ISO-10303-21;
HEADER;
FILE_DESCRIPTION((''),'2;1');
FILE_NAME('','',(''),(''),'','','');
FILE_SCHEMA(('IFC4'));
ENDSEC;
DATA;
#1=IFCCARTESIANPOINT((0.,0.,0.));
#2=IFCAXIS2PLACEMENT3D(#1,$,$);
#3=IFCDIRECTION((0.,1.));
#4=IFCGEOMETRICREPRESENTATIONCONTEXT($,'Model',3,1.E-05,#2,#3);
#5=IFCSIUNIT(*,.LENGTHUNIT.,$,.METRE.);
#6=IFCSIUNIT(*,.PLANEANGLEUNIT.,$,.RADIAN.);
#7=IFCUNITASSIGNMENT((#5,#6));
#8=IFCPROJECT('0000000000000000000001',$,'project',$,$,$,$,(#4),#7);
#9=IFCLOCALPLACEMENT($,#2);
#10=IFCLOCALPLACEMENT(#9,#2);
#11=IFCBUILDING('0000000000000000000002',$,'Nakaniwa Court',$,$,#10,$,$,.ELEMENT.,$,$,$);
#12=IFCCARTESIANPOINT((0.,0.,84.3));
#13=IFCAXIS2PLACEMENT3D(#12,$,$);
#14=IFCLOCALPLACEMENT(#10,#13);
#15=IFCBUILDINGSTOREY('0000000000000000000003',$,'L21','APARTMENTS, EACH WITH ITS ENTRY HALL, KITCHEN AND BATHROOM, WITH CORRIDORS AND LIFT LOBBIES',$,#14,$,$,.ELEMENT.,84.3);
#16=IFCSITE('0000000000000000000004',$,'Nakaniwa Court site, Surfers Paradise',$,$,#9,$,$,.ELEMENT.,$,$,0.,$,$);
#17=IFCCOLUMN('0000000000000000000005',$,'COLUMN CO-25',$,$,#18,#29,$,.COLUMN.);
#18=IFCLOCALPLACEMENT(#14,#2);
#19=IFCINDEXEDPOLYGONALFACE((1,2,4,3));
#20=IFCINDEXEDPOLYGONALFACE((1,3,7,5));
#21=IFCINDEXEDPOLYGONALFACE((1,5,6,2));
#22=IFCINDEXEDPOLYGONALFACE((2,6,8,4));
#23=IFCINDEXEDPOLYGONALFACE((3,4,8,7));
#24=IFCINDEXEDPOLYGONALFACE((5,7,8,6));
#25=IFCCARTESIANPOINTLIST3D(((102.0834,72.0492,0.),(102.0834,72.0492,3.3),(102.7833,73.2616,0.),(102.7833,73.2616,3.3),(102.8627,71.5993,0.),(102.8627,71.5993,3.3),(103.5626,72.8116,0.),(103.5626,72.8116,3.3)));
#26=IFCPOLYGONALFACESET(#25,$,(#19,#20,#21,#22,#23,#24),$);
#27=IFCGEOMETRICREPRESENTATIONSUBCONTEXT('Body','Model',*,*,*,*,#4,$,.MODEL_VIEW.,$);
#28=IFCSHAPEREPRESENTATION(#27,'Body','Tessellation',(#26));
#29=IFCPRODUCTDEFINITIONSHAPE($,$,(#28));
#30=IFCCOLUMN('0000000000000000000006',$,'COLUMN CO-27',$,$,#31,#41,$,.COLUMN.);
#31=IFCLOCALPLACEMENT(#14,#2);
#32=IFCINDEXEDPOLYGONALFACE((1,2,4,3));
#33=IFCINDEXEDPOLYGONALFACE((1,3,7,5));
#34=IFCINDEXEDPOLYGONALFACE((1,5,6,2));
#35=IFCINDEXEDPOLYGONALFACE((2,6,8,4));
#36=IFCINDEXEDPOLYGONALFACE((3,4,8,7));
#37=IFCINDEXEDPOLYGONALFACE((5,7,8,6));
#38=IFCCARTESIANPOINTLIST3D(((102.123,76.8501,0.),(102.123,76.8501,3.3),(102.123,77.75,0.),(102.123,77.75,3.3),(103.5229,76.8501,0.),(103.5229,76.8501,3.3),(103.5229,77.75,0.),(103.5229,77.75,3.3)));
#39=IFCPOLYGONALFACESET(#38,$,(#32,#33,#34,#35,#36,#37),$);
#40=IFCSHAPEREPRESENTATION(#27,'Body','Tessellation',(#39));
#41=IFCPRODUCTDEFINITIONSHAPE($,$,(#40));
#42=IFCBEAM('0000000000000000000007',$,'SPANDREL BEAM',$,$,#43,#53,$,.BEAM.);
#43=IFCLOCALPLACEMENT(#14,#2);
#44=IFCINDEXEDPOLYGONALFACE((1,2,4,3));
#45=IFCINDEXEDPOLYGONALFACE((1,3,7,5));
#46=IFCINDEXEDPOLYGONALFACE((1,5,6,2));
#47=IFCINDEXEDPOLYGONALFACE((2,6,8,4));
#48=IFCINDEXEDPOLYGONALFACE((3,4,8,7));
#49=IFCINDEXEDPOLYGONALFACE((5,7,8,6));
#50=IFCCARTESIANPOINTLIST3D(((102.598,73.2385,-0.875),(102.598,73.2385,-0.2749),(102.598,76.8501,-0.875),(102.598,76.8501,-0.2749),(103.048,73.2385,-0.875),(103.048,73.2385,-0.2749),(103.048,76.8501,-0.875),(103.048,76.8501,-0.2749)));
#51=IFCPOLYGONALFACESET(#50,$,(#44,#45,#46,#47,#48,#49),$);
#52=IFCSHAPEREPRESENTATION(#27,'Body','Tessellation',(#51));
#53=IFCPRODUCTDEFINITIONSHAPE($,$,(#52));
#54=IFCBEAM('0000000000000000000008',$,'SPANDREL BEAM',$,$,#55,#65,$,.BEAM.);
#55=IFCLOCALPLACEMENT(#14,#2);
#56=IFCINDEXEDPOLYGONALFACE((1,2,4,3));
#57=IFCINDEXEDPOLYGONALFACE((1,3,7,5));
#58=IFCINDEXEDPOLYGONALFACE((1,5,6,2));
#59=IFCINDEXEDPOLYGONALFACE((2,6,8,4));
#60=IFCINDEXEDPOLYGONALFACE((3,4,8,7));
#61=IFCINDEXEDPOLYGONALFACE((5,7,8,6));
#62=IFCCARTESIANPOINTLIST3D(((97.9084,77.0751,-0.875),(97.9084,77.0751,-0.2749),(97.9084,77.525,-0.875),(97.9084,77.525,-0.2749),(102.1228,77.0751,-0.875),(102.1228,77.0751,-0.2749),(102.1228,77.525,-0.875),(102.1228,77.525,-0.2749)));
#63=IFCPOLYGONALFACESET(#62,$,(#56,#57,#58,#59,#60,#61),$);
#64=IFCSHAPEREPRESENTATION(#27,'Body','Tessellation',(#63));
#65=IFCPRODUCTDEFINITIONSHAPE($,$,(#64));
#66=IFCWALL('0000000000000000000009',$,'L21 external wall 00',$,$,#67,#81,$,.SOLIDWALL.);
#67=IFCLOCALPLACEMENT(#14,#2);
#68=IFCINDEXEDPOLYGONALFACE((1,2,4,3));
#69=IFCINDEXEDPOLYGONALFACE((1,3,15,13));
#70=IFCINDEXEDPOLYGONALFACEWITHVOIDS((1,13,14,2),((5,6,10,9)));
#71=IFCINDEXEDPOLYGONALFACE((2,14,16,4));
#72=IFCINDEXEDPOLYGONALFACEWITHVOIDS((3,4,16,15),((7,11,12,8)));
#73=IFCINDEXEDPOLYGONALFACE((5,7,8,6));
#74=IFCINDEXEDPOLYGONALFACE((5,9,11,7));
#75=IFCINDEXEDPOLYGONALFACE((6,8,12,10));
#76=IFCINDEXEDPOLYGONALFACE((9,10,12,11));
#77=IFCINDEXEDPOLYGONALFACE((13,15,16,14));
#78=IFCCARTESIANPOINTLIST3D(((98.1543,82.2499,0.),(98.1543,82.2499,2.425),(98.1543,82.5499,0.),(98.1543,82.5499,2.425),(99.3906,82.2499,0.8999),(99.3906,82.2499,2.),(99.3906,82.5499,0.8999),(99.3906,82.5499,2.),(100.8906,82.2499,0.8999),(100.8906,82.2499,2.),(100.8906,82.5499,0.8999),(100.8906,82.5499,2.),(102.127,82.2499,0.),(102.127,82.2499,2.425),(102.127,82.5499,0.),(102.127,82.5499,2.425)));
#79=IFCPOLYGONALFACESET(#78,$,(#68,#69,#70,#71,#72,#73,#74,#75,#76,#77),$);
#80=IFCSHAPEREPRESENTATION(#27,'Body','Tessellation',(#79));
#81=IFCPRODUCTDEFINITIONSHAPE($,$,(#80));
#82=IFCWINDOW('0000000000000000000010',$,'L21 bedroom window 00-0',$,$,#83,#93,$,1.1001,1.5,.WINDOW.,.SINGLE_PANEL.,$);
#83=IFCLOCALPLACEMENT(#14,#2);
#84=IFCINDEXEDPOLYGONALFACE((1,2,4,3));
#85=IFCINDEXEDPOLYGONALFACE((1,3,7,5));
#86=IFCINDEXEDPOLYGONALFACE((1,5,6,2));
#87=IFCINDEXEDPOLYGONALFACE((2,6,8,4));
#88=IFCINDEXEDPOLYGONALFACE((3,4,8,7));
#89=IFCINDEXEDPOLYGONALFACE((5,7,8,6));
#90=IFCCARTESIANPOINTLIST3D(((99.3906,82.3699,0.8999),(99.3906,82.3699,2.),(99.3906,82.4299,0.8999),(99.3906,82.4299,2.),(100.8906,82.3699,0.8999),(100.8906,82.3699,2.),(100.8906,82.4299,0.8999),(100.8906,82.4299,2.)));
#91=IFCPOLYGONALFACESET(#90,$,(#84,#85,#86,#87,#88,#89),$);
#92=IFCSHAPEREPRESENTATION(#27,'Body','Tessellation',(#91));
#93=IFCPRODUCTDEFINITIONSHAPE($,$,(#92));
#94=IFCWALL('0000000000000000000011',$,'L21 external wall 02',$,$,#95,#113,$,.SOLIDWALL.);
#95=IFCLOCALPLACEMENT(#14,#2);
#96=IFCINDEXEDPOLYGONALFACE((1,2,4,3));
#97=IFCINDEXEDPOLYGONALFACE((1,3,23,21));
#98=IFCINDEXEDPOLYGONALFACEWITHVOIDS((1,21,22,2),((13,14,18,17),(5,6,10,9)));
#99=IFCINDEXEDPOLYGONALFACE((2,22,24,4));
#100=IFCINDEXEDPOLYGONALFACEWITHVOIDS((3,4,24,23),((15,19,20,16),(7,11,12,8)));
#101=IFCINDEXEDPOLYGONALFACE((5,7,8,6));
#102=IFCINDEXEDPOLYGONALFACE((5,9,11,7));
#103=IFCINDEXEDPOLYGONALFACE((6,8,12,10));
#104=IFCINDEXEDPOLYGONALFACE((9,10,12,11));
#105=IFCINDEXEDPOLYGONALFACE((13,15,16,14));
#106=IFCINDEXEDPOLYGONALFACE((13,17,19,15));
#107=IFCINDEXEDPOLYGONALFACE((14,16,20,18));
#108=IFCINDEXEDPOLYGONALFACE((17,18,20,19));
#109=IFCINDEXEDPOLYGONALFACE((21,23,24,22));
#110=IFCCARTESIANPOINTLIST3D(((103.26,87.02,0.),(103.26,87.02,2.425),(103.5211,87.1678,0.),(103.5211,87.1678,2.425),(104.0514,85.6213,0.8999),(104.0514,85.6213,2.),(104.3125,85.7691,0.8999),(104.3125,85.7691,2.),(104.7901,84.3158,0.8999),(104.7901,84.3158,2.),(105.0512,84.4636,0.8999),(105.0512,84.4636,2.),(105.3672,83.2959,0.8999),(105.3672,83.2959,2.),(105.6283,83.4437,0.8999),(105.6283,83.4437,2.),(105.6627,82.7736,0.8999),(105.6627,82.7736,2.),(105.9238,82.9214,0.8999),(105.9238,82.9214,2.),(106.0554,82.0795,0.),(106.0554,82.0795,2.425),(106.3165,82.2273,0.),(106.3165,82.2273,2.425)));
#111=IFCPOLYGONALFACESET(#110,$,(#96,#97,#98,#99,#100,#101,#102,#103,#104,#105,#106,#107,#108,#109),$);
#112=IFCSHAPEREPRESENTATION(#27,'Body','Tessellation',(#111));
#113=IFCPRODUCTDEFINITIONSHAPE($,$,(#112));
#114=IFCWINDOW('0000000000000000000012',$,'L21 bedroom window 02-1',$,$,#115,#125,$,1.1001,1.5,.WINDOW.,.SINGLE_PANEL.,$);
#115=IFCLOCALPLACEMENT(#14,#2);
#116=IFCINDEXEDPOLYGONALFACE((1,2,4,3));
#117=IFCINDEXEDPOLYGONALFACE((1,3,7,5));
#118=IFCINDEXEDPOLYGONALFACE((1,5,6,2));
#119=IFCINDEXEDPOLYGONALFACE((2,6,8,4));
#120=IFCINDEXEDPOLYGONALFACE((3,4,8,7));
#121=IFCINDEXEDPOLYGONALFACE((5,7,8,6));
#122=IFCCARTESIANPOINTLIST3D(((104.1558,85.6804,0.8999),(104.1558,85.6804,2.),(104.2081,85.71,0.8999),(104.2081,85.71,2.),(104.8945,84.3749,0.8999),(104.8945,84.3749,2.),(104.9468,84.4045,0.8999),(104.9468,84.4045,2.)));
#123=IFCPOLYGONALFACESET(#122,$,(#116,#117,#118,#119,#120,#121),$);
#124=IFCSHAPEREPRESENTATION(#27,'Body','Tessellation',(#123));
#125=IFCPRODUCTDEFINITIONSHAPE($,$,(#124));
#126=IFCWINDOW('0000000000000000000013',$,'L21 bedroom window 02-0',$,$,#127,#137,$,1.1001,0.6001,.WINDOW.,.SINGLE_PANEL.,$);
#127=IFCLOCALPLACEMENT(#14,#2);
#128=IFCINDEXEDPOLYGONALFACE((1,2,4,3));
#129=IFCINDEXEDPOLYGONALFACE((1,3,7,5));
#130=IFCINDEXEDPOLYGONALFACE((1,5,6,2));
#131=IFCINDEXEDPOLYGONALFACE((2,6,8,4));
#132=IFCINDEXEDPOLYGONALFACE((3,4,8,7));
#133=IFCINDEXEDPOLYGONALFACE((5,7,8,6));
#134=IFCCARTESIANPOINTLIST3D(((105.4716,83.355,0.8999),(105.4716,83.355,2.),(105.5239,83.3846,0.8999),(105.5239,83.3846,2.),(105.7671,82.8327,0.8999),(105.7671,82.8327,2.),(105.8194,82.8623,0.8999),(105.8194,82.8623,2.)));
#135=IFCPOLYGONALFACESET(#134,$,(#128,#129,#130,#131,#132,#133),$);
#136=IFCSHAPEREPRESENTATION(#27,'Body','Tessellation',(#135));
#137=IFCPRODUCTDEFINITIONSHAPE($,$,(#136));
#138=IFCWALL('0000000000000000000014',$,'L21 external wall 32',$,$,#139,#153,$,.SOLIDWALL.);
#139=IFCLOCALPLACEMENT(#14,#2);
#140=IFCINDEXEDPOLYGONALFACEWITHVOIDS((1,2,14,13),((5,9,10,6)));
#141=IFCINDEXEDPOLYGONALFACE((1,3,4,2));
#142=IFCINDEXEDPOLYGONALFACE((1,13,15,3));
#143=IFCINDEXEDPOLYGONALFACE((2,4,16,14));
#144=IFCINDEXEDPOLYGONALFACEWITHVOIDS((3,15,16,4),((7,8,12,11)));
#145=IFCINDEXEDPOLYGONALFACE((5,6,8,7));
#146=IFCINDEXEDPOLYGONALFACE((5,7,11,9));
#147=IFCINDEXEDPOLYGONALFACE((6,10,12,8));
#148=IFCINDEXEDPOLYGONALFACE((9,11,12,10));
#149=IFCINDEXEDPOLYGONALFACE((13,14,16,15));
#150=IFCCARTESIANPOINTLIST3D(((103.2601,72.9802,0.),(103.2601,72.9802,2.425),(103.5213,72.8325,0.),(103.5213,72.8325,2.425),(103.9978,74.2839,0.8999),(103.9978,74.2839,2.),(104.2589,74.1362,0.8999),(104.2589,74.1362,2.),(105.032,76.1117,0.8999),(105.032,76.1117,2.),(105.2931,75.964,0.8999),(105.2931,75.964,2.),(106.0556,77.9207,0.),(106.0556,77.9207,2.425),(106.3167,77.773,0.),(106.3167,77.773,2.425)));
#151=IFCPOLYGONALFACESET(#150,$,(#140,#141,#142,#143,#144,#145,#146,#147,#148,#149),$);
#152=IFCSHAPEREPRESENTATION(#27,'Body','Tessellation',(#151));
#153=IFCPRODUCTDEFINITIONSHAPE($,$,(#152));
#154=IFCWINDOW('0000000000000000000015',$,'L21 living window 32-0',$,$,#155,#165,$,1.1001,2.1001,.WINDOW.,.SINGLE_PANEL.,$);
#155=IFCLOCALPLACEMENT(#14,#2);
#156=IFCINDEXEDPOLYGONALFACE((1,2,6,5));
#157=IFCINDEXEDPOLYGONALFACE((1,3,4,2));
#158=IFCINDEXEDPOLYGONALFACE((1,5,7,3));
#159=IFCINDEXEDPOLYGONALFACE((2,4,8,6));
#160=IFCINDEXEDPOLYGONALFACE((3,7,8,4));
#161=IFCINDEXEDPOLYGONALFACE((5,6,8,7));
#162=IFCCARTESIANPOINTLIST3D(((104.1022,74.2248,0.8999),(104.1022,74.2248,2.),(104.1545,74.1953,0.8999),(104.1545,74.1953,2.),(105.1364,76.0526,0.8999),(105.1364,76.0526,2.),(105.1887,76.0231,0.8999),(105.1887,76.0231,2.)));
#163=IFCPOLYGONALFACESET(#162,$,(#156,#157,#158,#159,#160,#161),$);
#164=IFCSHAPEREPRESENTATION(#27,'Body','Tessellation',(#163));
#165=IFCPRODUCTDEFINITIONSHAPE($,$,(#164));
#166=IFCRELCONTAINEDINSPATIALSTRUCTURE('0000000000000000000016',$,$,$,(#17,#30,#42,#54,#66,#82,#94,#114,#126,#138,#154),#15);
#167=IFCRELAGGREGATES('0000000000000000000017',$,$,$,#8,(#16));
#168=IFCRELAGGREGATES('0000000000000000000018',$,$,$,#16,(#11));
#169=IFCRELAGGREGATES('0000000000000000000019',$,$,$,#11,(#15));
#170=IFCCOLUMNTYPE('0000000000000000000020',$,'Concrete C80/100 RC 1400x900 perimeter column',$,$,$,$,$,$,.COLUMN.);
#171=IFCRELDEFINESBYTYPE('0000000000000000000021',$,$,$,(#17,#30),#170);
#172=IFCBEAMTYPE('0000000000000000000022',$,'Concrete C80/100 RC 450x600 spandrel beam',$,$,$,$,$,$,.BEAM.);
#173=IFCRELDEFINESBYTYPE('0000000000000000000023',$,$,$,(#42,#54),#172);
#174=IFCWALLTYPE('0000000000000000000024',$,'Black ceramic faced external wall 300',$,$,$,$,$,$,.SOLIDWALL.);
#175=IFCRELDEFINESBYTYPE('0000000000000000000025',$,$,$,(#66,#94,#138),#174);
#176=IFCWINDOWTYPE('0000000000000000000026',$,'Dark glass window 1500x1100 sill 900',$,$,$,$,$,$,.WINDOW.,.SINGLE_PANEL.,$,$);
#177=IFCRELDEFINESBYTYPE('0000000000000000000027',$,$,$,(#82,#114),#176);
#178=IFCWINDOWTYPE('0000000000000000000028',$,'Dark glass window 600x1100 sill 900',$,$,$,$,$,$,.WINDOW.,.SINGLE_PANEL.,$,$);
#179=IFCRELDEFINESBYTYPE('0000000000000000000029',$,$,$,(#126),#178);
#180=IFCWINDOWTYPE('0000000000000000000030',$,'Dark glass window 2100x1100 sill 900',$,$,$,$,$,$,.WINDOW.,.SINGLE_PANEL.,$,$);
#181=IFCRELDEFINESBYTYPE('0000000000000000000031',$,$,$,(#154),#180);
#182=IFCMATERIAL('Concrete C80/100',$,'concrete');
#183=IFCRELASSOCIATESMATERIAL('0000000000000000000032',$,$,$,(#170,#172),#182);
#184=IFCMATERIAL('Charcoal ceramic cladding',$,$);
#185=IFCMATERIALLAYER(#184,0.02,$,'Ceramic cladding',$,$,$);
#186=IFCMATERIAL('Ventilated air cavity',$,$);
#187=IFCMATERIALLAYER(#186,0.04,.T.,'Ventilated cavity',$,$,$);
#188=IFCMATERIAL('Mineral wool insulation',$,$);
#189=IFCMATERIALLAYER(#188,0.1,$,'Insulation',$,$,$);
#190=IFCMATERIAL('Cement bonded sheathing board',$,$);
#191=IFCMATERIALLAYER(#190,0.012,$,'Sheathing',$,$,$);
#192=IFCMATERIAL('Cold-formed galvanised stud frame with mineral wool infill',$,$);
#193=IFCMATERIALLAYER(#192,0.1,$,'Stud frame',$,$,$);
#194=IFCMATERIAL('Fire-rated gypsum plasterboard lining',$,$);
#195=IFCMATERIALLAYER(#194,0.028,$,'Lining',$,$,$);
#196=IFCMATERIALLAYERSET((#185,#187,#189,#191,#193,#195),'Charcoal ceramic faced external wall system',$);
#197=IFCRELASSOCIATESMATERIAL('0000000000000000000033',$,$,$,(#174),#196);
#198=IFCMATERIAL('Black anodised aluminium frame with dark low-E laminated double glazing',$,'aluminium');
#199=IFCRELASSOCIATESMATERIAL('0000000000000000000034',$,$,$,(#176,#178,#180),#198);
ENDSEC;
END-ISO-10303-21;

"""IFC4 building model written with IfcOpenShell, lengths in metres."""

from ifc_helpers import new_model, si_unit, direction, frame, frame_2d, origin, origin_2d, place, context, subcontext, project, spatial, rectangle, extrude, material, layer, layer_set, material_profile, profile_set, type_object, element, fill, save


model = new_model("IFC4")

# Units and contexts
model_context = context("Model", 3, precision=1e-05, world=origin(), true_north=direction((0.0, 1.0)))
body_context = subcontext(model_context, "Body", "Model", "MODEL_VIEW")
ifc_project = project(units=[si_unit("LENGTHUNIT", "METRE"), si_unit("PLANEANGLEUNIT", "RADIAN")], contexts=[model_context])

# Site, building, storey
site_placement = place(None, origin())
site = spatial("IfcSite", under=ifc_project, at=site_placement, Name="Nakaniwa Court site, Surfers Paradise", CompositionType="ELEMENT", RefElevation=0.0)
building_placement = place(site_placement, origin())
building = spatial("IfcBuilding", under=site, at=building_placement, Name="Nakaniwa Court", CompositionType="ELEMENT")
storey_placement = place(building_placement, frame((0.0, 0.0, 84.3)))
storey = spatial("IfcBuildingStorey", under=building, at=storey_placement, Name="L21", Description="APARTMENTS, EACH WITH ITS ENTRY HALL, KITCHEN AND BATHROOM, WITH CORRIDORS AND LIFT LOBBIES", CompositionType="ELEMENT", Elevation=84.3)

# Columns
ifc_material_1 = material(Name="Concrete C80/100", Category="concrete")
ifc_material_profile_1 = material_profile(ifc_material_1, rectangle(XDim=1.3999, YDim=0.8999, at=origin_2d()), Name="Concrete C80/100 RC 1400x900 perimeter column")
ifc_profile_set_1 = profile_set([ifc_material_profile_1], Name="Concrete C80/100")
column_type = type_object("IfcColumnType", Name="Concrete C80/100 RC 1400x900 perimeter column", PredefinedType="COLUMN", material=ifc_profile_set_1)
for number, where, z_axis, x_axis, name in (
    (1, (102.823, 72.4304, 0.0), (0.0, 0.0, 1.0), (0.5, 0.866025, 0.0), "COLUMN CO-25"),
    (2, (102.823, 77.3, 0.0), (0.0, 0.0, 1.0), (-1.0, 0.0, 0.0), "COLUMN CO-27"),
):
    element("IfcColumn", number, at=place(storey_placement, frame(where, z_axis=z_axis, x_axis=x_axis)), inside=storey, type_object=column_type, Name=name, PredefinedType="COLUMN", context=body_context, shape_type="SweptSolid", body=[
        extrude(rectangle(XDim=1.3999, YDim=0.8999, at=origin_2d()), origin(), (0.0, 0.0, 1.0), 3.3),
    ])

# Beams
ifc_material_profile_2 = material_profile(ifc_material_1, rectangle(XDim=0.45, YDim=0.6001, at=origin_2d()), Name="Concrete C80/100 RC 450x600 spandrel beam")
ifc_profile_set_2 = profile_set([ifc_material_profile_2], Name="Concrete C80/100")
beam_type = type_object("IfcBeamType", Name="Concrete C80/100 RC 450x600 spandrel beam", PredefinedType="BEAM", material=ifc_profile_set_2)
beam_1_placement = place(storey_placement, frame((102.823, 73.2385, -0.575), z_axis=(0.0, 1.0, 0.0), x_axis=(-1.0, 0.0, 0.0)))
element("IfcBeam", 3, at=beam_1_placement, inside=storey, type_object=beam_type, Name="SPANDREL BEAM", PredefinedType="BEAM", context=body_context, shape_type="SweptSolid", body=[
    extrude(rectangle(XDim=0.45, YDim=0.6001, at=origin_2d()), origin(), (0.0, 0.0, 1.0), 3.6116),
])
beam_2_placement = place(storey_placement, frame((102.1228, 77.3, -0.575), z_axis=(-1.0, 0.0, 0.0), x_axis=(0.0, -1.0, 0.0)))
element("IfcBeam", 4, at=beam_2_placement, inside=storey, type_object=beam_type, Name="SPANDREL BEAM", PredefinedType="BEAM", context=body_context, shape_type="SweptSolid", body=[
    extrude(rectangle(XDim=0.45, YDim=0.6001, at=origin_2d()), origin(), (0.0, 0.0, 1.0), 4.2144),
])

# Wall, opening, window
ifc_material_2 = material(Name="Charcoal ceramic cladding")
ifc_layer_1 = layer(ifc_material_2, 0.02, Name="Ceramic cladding")
ifc_material_3 = material(Name="Ventilated air cavity")
ifc_layer_2 = layer(ifc_material_3, 0.04, ventilated=True, Name="Ventilated cavity")
ifc_material_4 = material(Name="Mineral wool insulation")
ifc_layer_3 = layer(ifc_material_4, 0.1, Name="Insulation")
ifc_material_5 = material(Name="Cement bonded sheathing board")
ifc_layer_4 = layer(ifc_material_5, 0.012, Name="Sheathing")
ifc_material_6 = material(Name="Cold-formed galvanised stud frame with mineral wool infill")
ifc_layer_5 = layer(ifc_material_6, 0.1, Name="Stud frame")
ifc_material_7 = material(Name="Fire-rated gypsum plasterboard lining")
ifc_layer_6 = layer(ifc_material_7, 0.028, Name="Lining")
ifc_layer_set = layer_set([ifc_layer_1, ifc_layer_2, ifc_layer_3, ifc_layer_4, ifc_layer_5, ifc_layer_6], Name="Charcoal ceramic faced external wall system")
wall_type = type_object("IfcWallType", Name="Black ceramic faced external wall 300", PredefinedType="SOLIDWALL", material=ifc_layer_set)
wall_1_placement = place(storey_placement, frame((98.1543, 82.3999, 0.0), z_axis=(0.0, 0.0, 1.0), x_axis=(1.0, 0.0, 0.0)))
wall_1 = element("IfcWall", 5, at=wall_1_placement, inside=storey, type_object=wall_type, Name="L21 external wall 00", PredefinedType="SOLIDWALL", context=body_context, shape_type="SweptSolid", body=[
    extrude(rectangle(XDim=3.9727, YDim=0.3, at=frame_2d((1.9863, 0.0))), origin(), (0.0, 0.0, 1.0), 2.425),
])
opening_1_placement = place(wall_1_placement, frame((1.2363, 0.0, 0.8999)))
opening_1 = element("IfcOpeningElement", 6, at=opening_1_placement, cuts=wall_1, PredefinedType="OPENING", context=body_context, shape_type="SweptSolid", body=[
    extrude(rectangle(XDim=1.5, YDim=1.1001, at=frame_2d((0.75, 0.55))), frame((0.0, 0.1599, 0.0), z_axis=(0.0, -1.0, 0.0), x_axis=(1.0, 0.0, 0.0)), (0.0, 0.0, 1.0), 0.3201),
])
ifc_material_8 = material(Name="Black anodised aluminium frame with dark low-E laminated double glazing", Category="aluminium")
window_type_1 = type_object("IfcWindowType", Name="Dark glass window 1500x1100 sill 900", PartitioningType="SINGLE_PANEL", PredefinedType="WINDOW", material=ifc_material_8)
window_1_placement = place(opening_1_placement, origin())
window_1 = element("IfcWindow", 7, at=window_1_placement, inside=storey, type_object=window_type_1, Name="L21 bedroom window 00-0", OverallHeight=1.1001, OverallWidth=1.5, PartitioningType="SINGLE_PANEL", PredefinedType="WINDOW", context=body_context, shape_type="SweptSolid", body=[
    extrude(rectangle(XDim=1.5, YDim=1.1001, at=frame_2d((0.75, 0.55))), frame((0.0, 0.03, 0.0), z_axis=(0.0, -1.0, 0.0), x_axis=(1.0, 0.0, 0.0)), (0.0, 0.0, 1.0), 0.0601),
])
fill(opening_1, window_1)

# Wall, openings, windows
wall_2_placement = place(storey_placement, frame((106.186, 82.1533, 0.0), z_axis=(0.0, 0.0, 1.0), x_axis=(-0.492457, 0.870337, 0.0)))
wall_2 = element("IfcWall", 8, at=wall_2_placement, inside=storey, type_object=wall_type, Name="L21 external wall 02", PredefinedType="SOLIDWALL", context=body_context, shape_type="SweptSolid", body=[
    extrude(rectangle(XDim=5.6765, YDim=0.3, at=frame_2d((2.8384, 0.0))), origin(), (0.0, 0.0, 1.0), 2.425),
])
opening_2_placement = place(wall_2_placement, frame((0.7976, 0.0, 0.8999)))
opening_2 = element("IfcOpeningElement", 9, at=opening_2_placement, cuts=wall_2, PredefinedType="OPENING", context=body_context, shape_type="SweptSolid", body=[
    extrude(rectangle(XDim=0.6001, YDim=1.1001, at=frame_2d((0.3, 0.55))), frame((0.0, 0.1599, 0.0), z_axis=(0.0, -1.0, 0.0), x_axis=(1.0, 0.0, 0.0)), (0.0, 0.0, 1.0), 0.3201),
])
opening_3_placement = place(wall_2_placement, frame((2.5696, 0.0, 0.8999)))
opening_3 = element("IfcOpeningElement", 10, at=opening_3_placement, cuts=wall_2, PredefinedType="OPENING", context=body_context, shape_type="SweptSolid", body=[
    extrude(rectangle(XDim=1.5, YDim=1.1001, at=frame_2d((0.75, 0.55))), frame((0.0, 0.1599, 0.0), z_axis=(0.0, -1.0, 0.0), x_axis=(1.0, 0.0, 0.0)), (0.0, 0.0, 1.0), 0.3201),
])
window_2_placement = place(opening_3_placement, origin())
window_2 = element("IfcWindow", 11, at=window_2_placement, inside=storey, type_object=window_type_1, Name="L21 bedroom window 02-1", OverallHeight=1.1001, OverallWidth=1.5, PartitioningType="SINGLE_PANEL", PredefinedType="WINDOW", context=body_context, shape_type="SweptSolid", body=[
    extrude(rectangle(XDim=1.5, YDim=1.1001, at=frame_2d((0.75, 0.55))), frame((0.0, 0.03, 0.0), z_axis=(0.0, -1.0, 0.0), x_axis=(1.0, 0.0, 0.0)), (0.0, 0.0, 1.0), 0.0601),
])
fill(opening_3, window_2)
window_type_2 = type_object("IfcWindowType", Name="Dark glass window 600x1100 sill 900", PartitioningType="SINGLE_PANEL", PredefinedType="WINDOW", material=ifc_material_8)
window_3_placement = place(opening_2_placement, origin())
window_3 = element("IfcWindow", 12, at=window_3_placement, inside=storey, type_object=window_type_2, Name="L21 bedroom window 02-0", OverallHeight=1.1001, OverallWidth=0.6001, PartitioningType="SINGLE_PANEL", PredefinedType="WINDOW", context=body_context, shape_type="SweptSolid", body=[
    extrude(rectangle(XDim=0.6001, YDim=1.1001, at=frame_2d((0.3, 0.55))), frame((0.0, 0.03, 0.0), z_axis=(0.0, -1.0, 0.0), x_axis=(1.0, 0.0, 0.0)), (0.0, 0.0, 1.0), 0.0601),
])
fill(opening_2, window_3)

# Wall, opening, window
wall_3_placement = place(storey_placement, frame((103.3906, 72.9062, 0.0), z_axis=(0.0, 0.0, 1.0), x_axis=(0.492457, 0.870337, 0.0)))
wall_3 = element("IfcWall", 13, at=wall_3_placement, inside=storey, type_object=wall_type, Name="L21 external wall 32", PredefinedType="SOLIDWALL", context=body_context, shape_type="SweptSolid", body=[
    extrude(rectangle(XDim=5.6765, YDim=0.3, at=frame_2d((2.8384, 0.0))), origin(), (0.0, 0.0, 1.0), 2.425),
])
opening_4_placement = place(wall_3_placement, frame((1.498, 0.0, 0.8999)))
opening_4 = element("IfcOpeningElement", 14, at=opening_4_placement, cuts=wall_3, PredefinedType="OPENING", context=body_context, shape_type="SweptSolid", body=[
    extrude(rectangle(XDim=2.1001, YDim=1.1001, at=frame_2d((1.05, 0.55))), frame((0.0, 0.1599, 0.0), z_axis=(0.0, -1.0, 0.0), x_axis=(1.0, 0.0, 0.0)), (0.0, 0.0, 1.0), 0.3201),
])
window_type_3 = type_object("IfcWindowType", Name="Dark glass window 2100x1100 sill 900", PartitioningType="SINGLE_PANEL", PredefinedType="WINDOW", material=ifc_material_8)
window_4_placement = place(opening_4_placement, origin())
window_4 = element("IfcWindow", 15, at=window_4_placement, inside=storey, type_object=window_type_3, Name="L21 living window 32-0", OverallHeight=1.1001, OverallWidth=2.1001, PartitioningType="SINGLE_PANEL", PredefinedType="WINDOW", context=body_context, shape_type="SweptSolid", body=[
    extrude(rectangle(XDim=2.1001, YDim=1.1001, at=frame_2d((1.05, 0.55))), frame((0.0, 0.03, 0.0), z_axis=(0.0, -1.0, 0.0), x_axis=(1.0, 0.0, 0.0)), (0.0, 0.0, 1.0), 0.0601),
])
fill(opening_4, window_4)

save(model, "model.ifc")
